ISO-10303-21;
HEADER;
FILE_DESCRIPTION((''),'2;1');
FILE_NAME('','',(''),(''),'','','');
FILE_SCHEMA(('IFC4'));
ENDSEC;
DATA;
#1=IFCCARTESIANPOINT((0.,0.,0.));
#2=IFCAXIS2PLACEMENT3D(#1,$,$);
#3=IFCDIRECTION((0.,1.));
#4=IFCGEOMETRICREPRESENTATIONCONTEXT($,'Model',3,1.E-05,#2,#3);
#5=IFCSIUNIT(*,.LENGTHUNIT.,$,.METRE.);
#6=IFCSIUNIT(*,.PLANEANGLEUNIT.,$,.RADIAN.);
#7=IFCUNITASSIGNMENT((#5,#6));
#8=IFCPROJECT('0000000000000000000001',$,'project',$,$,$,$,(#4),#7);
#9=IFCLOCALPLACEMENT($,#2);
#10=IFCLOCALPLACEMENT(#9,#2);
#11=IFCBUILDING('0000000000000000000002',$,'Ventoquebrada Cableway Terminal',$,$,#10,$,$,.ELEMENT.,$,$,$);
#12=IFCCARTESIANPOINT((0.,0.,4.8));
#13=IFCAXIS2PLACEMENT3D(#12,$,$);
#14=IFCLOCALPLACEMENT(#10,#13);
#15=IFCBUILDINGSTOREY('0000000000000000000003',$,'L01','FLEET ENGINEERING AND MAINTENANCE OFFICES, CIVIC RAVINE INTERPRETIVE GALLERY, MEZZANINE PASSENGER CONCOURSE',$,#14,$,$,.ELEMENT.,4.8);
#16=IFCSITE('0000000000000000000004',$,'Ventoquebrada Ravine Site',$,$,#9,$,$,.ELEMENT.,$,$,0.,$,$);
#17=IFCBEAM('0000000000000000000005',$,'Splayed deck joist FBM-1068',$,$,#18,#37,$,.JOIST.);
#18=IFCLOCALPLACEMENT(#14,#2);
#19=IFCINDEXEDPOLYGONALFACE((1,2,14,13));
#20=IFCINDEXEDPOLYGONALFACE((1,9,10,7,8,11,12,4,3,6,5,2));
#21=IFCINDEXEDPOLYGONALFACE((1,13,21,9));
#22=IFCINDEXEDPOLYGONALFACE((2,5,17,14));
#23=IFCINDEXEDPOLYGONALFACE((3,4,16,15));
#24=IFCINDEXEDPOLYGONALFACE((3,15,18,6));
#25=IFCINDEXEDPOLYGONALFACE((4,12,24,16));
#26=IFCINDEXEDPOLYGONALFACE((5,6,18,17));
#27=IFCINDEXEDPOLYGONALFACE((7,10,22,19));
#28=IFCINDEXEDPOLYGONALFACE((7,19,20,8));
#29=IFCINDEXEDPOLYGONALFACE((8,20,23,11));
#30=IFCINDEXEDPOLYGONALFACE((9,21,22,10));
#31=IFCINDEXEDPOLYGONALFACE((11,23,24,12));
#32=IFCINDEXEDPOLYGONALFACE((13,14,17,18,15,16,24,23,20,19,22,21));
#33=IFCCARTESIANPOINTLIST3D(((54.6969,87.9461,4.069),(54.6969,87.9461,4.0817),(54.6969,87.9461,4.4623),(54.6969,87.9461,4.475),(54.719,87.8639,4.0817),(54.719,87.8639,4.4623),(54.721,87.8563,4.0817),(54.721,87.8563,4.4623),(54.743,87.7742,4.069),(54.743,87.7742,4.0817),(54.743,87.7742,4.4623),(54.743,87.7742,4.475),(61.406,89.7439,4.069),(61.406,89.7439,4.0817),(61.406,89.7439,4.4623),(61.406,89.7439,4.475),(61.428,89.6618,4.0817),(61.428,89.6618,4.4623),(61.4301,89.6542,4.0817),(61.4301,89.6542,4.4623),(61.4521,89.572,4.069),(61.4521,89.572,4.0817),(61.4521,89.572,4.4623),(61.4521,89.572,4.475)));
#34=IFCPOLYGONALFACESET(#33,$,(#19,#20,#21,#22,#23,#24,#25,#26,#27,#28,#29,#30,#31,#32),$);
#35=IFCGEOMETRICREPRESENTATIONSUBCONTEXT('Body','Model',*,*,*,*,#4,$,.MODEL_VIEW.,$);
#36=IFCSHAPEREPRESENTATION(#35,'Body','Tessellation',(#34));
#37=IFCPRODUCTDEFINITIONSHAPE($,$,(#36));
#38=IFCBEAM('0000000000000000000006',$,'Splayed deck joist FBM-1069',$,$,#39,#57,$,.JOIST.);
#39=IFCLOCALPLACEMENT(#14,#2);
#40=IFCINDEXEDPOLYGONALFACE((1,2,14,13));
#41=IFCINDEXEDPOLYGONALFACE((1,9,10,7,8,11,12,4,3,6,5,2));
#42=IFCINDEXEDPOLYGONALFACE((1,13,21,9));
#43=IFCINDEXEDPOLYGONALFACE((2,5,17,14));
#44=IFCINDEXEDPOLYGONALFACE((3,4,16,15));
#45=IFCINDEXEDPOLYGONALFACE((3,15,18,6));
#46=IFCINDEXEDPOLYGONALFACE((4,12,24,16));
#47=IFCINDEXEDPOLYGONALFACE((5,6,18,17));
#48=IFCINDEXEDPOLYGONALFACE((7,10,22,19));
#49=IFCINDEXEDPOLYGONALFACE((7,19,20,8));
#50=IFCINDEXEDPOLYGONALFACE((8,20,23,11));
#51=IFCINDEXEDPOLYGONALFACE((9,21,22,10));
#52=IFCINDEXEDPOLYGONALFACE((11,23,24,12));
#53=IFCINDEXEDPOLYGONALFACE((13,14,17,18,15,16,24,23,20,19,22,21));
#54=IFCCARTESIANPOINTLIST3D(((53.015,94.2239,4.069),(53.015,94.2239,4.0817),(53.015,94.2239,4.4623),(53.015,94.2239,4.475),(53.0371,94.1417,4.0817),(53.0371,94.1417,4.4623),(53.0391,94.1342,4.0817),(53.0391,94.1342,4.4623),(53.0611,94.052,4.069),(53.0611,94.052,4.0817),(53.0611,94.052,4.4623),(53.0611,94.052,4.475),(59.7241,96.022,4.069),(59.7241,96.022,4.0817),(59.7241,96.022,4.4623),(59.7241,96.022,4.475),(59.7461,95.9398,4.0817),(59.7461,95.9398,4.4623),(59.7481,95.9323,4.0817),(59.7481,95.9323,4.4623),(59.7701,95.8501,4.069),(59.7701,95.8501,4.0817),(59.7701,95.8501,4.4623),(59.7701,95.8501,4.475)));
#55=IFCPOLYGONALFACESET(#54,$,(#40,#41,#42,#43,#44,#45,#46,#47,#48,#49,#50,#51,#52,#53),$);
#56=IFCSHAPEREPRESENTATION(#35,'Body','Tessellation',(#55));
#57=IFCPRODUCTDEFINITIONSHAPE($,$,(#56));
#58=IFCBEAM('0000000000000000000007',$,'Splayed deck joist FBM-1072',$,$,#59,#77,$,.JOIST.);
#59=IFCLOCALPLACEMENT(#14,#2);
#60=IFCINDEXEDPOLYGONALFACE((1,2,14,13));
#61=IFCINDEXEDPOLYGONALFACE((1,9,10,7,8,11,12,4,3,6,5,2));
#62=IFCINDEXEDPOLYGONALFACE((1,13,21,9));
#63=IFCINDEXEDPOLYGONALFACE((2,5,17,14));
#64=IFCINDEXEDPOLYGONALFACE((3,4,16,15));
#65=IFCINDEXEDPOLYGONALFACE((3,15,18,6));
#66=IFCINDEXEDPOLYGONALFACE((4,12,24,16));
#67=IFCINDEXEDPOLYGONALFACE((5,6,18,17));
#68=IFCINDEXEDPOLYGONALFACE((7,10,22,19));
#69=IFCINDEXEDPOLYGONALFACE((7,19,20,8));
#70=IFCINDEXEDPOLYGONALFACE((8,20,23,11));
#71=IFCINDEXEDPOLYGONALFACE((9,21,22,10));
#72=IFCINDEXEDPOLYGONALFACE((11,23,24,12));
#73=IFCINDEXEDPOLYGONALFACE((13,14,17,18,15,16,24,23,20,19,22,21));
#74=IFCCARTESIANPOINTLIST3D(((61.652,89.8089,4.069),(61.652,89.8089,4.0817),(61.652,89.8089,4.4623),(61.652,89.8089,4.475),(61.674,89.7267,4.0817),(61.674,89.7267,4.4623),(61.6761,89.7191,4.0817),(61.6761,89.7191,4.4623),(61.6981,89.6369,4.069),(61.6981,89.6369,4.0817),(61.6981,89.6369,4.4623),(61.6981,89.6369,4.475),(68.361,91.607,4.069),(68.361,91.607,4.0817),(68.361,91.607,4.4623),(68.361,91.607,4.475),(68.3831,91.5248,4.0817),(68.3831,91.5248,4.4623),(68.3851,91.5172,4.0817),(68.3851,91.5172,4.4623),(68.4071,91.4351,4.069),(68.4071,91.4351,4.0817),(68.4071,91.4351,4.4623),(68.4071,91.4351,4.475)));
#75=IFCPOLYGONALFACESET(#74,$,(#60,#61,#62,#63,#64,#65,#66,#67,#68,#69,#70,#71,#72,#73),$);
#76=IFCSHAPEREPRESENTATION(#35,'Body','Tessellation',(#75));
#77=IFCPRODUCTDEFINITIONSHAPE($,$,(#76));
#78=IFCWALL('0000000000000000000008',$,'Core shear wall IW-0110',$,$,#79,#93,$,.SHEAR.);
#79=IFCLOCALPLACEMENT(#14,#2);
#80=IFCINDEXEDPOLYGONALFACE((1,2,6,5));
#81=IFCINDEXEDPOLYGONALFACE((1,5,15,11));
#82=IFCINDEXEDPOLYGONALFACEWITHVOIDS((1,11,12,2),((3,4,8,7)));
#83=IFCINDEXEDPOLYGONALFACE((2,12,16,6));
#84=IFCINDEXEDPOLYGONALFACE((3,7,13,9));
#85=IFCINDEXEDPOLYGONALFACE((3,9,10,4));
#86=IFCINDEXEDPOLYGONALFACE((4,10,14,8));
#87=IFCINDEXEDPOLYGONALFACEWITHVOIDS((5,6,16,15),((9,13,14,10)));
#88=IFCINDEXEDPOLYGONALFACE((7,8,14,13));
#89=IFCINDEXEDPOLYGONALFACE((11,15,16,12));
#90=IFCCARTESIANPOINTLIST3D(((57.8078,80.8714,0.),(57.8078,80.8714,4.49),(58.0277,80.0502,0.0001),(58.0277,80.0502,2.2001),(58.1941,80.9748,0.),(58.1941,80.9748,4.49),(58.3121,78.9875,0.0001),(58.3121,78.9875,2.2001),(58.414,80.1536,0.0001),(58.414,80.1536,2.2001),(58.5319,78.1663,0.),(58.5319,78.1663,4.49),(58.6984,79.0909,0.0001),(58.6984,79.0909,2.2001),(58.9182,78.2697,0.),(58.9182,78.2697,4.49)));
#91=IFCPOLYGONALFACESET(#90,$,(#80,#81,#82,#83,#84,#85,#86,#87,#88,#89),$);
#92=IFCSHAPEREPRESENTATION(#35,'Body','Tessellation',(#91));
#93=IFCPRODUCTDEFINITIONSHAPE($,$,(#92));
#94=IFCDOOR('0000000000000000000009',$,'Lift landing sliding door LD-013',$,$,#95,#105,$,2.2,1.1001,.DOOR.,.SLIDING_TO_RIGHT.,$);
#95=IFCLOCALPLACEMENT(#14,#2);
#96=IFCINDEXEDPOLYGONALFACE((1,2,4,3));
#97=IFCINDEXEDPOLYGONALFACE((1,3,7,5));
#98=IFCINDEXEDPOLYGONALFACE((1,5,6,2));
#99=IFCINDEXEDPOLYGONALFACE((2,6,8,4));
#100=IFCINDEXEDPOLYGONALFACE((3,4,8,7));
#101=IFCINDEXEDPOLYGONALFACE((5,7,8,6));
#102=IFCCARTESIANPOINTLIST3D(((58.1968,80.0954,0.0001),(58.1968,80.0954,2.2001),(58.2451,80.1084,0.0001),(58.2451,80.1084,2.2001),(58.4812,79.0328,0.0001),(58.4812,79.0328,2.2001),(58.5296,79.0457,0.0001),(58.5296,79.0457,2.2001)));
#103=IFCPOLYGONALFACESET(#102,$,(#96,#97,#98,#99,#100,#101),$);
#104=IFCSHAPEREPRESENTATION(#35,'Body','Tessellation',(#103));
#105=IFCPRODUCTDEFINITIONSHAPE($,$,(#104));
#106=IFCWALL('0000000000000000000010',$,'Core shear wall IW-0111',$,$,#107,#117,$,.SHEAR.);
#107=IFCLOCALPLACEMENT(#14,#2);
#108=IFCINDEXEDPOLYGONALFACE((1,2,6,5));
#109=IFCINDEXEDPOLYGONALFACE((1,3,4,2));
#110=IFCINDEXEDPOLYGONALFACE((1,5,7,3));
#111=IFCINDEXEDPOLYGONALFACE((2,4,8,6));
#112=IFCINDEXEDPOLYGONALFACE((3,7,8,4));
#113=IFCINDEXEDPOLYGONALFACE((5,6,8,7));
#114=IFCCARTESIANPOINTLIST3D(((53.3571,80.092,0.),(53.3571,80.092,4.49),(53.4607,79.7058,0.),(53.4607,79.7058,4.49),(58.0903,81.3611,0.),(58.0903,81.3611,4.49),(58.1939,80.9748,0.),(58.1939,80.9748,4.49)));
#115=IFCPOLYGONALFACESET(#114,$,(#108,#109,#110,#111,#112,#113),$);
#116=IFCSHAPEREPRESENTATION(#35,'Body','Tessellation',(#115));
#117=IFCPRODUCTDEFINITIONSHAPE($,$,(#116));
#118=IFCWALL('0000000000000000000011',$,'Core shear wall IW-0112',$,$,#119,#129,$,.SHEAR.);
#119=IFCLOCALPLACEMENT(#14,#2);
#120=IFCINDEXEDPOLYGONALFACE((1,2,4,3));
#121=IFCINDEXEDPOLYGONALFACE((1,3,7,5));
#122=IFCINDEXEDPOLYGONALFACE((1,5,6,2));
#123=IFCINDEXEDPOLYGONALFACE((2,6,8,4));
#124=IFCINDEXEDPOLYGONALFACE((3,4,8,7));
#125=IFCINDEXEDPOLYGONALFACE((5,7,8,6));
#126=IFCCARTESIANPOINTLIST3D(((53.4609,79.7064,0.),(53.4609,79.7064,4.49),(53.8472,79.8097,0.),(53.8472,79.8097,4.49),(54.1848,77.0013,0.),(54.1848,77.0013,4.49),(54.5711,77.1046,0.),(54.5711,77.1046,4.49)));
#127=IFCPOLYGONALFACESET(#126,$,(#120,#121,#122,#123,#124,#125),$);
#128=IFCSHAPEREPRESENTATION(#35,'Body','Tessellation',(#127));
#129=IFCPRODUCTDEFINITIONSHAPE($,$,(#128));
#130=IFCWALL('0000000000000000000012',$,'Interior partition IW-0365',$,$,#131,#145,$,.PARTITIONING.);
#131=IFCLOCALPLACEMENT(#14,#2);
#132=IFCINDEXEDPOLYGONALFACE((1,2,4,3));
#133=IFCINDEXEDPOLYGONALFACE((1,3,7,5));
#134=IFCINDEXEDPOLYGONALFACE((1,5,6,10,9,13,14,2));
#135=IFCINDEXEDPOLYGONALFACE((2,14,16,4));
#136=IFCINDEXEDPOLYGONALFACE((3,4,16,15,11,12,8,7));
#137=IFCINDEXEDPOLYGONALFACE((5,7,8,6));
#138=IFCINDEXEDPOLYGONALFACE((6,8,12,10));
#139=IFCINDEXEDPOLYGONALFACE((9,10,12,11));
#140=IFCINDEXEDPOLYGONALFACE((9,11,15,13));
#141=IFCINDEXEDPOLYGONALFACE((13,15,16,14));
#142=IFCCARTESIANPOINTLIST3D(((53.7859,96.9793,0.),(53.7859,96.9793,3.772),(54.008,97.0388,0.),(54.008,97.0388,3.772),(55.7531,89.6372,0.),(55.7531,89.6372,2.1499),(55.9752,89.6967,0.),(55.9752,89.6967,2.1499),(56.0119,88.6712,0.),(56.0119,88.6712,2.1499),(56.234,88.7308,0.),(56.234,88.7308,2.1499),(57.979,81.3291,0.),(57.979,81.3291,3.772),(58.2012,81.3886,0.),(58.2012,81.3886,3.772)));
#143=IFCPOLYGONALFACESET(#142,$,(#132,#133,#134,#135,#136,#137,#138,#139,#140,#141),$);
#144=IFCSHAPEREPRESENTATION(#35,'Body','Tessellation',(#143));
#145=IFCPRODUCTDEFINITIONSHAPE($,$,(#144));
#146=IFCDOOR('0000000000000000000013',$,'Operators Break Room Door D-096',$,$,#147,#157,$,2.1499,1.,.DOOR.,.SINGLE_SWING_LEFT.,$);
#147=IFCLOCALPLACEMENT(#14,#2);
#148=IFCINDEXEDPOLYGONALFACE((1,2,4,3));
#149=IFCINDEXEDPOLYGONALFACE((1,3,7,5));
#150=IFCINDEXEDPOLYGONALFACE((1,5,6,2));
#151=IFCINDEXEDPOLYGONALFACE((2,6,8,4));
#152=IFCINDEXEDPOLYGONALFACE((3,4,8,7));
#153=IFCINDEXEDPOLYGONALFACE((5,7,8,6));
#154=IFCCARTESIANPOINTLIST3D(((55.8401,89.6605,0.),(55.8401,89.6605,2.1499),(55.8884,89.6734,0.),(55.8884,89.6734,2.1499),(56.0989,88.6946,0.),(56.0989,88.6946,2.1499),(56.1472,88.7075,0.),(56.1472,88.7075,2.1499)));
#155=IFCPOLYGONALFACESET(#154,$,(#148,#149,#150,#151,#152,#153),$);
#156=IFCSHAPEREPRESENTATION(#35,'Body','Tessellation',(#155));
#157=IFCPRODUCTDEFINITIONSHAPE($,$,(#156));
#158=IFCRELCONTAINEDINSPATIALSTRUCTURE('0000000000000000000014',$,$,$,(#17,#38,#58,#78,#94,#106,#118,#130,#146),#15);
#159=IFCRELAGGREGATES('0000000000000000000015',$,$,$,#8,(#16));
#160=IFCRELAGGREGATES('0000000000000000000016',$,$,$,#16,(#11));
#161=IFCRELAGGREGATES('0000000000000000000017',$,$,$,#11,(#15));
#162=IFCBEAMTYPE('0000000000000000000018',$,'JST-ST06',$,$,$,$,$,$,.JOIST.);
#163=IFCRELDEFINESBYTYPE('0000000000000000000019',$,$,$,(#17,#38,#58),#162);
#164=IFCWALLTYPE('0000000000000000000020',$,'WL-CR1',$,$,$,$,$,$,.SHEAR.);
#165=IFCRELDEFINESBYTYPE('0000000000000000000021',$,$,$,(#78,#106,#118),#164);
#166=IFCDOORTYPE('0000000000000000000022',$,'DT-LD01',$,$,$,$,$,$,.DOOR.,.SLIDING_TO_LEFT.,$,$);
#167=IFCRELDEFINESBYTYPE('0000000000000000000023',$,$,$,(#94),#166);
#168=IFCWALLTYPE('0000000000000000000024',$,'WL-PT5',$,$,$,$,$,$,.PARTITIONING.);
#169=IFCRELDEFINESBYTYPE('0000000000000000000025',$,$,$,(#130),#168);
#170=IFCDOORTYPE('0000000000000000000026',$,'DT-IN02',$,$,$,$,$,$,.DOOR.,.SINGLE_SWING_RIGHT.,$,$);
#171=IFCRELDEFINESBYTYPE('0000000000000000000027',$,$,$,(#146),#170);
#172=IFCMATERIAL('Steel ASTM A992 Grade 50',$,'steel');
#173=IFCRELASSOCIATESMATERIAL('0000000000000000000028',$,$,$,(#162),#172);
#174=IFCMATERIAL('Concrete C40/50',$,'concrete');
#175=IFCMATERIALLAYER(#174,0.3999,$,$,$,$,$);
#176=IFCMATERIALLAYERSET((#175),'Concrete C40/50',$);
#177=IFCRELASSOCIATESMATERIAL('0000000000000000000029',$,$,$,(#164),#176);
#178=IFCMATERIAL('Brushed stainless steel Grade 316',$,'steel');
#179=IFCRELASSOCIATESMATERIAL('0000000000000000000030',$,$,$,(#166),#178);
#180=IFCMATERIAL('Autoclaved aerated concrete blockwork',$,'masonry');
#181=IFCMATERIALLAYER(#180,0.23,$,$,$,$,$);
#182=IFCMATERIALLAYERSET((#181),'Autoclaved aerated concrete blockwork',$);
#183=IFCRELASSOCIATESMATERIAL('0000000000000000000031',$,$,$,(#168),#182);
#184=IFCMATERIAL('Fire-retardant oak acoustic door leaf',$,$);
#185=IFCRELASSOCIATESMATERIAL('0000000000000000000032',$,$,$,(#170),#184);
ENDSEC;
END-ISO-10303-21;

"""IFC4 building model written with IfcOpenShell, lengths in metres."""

from ifc_helpers import new_model, si_unit, direction, frame, frame_2d, origin, origin_2d, place, context, subcontext, project, spatial, rectangle, i_section, extrude, material, layer, layer_set, material_profile, profile_set, type_object, element, fill, save


model = new_model("IFC4")

# Units and contexts
model_context = context("Model", 3, precision=1e-05, world=origin(), true_north=direction((0.0, 1.0)))
body_context = subcontext(model_context, "Body", "Model", "MODEL_VIEW")
ifc_project = project(units=[si_unit("LENGTHUNIT", "METRE"), si_unit("PLANEANGLEUNIT", "RADIAN")], contexts=[model_context])

# Site, building, storey
site_placement = place(None, origin())
site = spatial("IfcSite", under=ifc_project, at=site_placement, Name="Ventoquebrada Ravine Site", CompositionType="ELEMENT", RefElevation=0.0)
building_placement = place(site_placement, origin())
building = spatial("IfcBuilding", under=site, at=building_placement, Name="Ventoquebrada Cableway Terminal", CompositionType="ELEMENT")
storey_placement = place(building_placement, frame((0.0, 0.0, 4.8)))
storey = spatial("IfcBuildingStorey", under=building, at=storey_placement, Name="L01", Description="FLEET ENGINEERING AND MAINTENANCE OFFICES, CIVIC RAVINE INTERPRETIVE GALLERY, MEZZANINE PASSENGER CONCOURSE", CompositionType="ELEMENT", Elevation=4.8)

# Shared definitions
ifc_material_1 = material(Name="Steel ASTM A992 Grade 50", Category="steel")

# Beams
ifc_material_profile_1 = material_profile(ifc_material_1, i_section(OverallWidth=0.178, OverallDepth=0.406, WebThickness=0.0078, FlangeThickness=0.0127, at=origin_2d()), Name="W16X40")
ifc_profile_set_1 = profile_set([ifc_material_profile_1], Name="Steel ASTM A992 Grade 50")
beam_type_1 = type_object("IfcBeamType", Name="JST-ST06", PredefinedType="JOIST", material=ifc_profile_set_1)
for number, where, z_axis, x_axis, name in (
    (1, (54.72, 87.8601, 4.272), (0.965919, 0.258844, 0.0), (-0.258844, 0.965919, 0.0), "Splayed deck joist FBM-1068"),
    (2, (53.0381, 94.1379, 4.272), (0.96591, 0.258877, 0.0), (-0.258877, 0.96591, 0.0), "Splayed deck joist FBM-1069"),
    (3, (61.675, 89.7229, 4.272), (0.96591, 0.258877, 0.0), (-0.258877, 0.96591, 0.0), "Splayed deck joist FBM-1072"),
):
    element("IfcBeam", number, at=place(storey_placement, frame(where, z_axis=z_axis, x_axis=x_axis)), inside=storey, type_object=beam_type_1, Name=name, PredefinedType="JOIST", context=body_context, shape_type="SweptSolid", body=[
        extrude(i_section(OverallWidth=0.178, OverallDepth=0.406, WebThickness=0.0078, FlangeThickness=0.0127, at=origin_2d()), origin(), (0.0, 0.0, 1.0), 6.9458),
    ])

# Wall, opening, door
ifc_material_2 = material(Name="Concrete C40/50", Category="concrete")
ifc_layer_1 = layer(ifc_material_2, 0.3999)
ifc_layer_set_1 = layer_set([ifc_layer_1], Name="Concrete C40/50")
wall_type_1 = type_object("IfcWallType", Name="WL-CR1", PredefinedType="SHEAR", material=ifc_layer_set_1)
wall_1_placement = place(storey_placement, frame((58.7251, 78.218, 0.0), z_axis=(0.0, 0.0, 1.0), x_axis=(-0.258585, 0.965989, 0.0)))
wall_1 = element("IfcWall", 4, at=wall_1_placement, inside=storey, type_object=wall_type_1, Name="Core shear wall IW-0110", PredefinedType="SHEAR", context=body_context, shape_type="SweptSolid", body=[
    extrude(rectangle(XDim=2.8003, YDim=0.3999, at=frame_2d((1.4001, 0.0))), origin(), (0.0, 0.0, 1.0), 4.49),
])
opening_1_placement = place(wall_1_placement, frame((0.8501, 0.0, 0.0)))
opening_1 = element("IfcOpeningElement", 5, at=opening_1_placement, cuts=wall_1, PredefinedType="OPENING", context=body_context, shape_type="SweptSolid", body=[
    extrude(rectangle(XDim=1.1001, YDim=2.2, at=frame_2d((0.55, 1.1001))), frame((0.0, 0.21, 0.0), z_axis=(0.0, -1.0, 0.0), x_axis=(1.0, 0.0, 0.0)), (0.0, 0.0, 1.0), 0.4199),
])
ifc_material_3 = material(Name="Brushed stainless steel Grade 316", Category="steel")
door_type_1 = type_object("IfcDoorType", Name="DT-LD01", OperationType="SLIDING_TO_LEFT", PredefinedType="DOOR", material=ifc_material_3)
door_1_placement = place(opening_1_placement, origin())
door_1 = element("IfcDoor", 6, at=door_1_placement, inside=storey, type_object=door_type_1, Name="Lift landing sliding door LD-013", OperationType="SLIDING_TO_RIGHT", OverallHeight=2.2, OverallWidth=1.1001, PredefinedType="DOOR", context=body_context, shape_type="SweptSolid", body=[
    extrude(rectangle(XDim=1.1001, YDim=2.2, at=frame_2d((0.55, 1.1001))), frame((0.0, 0.0249, 0.0), z_axis=(0.0, -1.0, 0.0), x_axis=(1.0, 0.0, 0.0)), (0.0, 0.0, 1.0), 0.05),
])
fill(opening_1, door_1)

# Walls
wall_2_placement = place(storey_placement, frame((58.1421, 81.168, 0.0), z_axis=(0.0, 0.0, 1.0), x_axis=(-0.965885, -0.258971, 0.0)))
element("IfcWall", 7, at=wall_2_placement, inside=storey, type_object=wall_type_1, Name="Core shear wall IW-0111", PredefinedType="SHEAR", context=body_context, shape_type="SweptSolid", body=[
    extrude(rectangle(XDim=4.9004, YDim=0.3999, at=frame_2d((2.4502, 0.0))), origin(), (0.0, 0.0, 1.0), 4.49),
])
wall_3_placement = place(storey_placement, frame((53.6541, 79.7581, 0.0), z_axis=(0.0, 0.0, 1.0), x_axis=(0.258504, -0.96601, 0.0)))
element("IfcWall", 8, at=wall_3_placement, inside=storey, type_object=wall_type_1, Name="Core shear wall IW-0112", PredefinedType="SHEAR", context=body_context, shape_type="SweptSolid", body=[
    extrude(rectangle(XDim=2.8003, YDim=0.3999, at=frame_2d((1.4001, 0.0))), origin(), (0.0, 0.0, 1.0), 4.49),
])

# Wall, opening, door
ifc_material_4 = material(Name="Autoclaved aerated concrete blockwork", Category="masonry")
ifc_layer_2 = layer(ifc_material_4, 0.23)
ifc_layer_set_2 = layer_set([ifc_layer_2], Name="Autoclaved aerated concrete blockwork")
wall_type_2 = type_object("IfcWallType", Name="WL-PT5", PredefinedType="PARTITIONING", material=ifc_layer_set_2)
wall_4_placement = place(storey_placement, frame((58.0901, 81.3589, 0.0), z_axis=(0.0, 0.0, 1.0), x_axis=(-0.2588, 0.965931, 0.0)))
wall_4 = element("IfcWall", 9, at=wall_4_placement, inside=storey, type_object=wall_type_2, Name="Interior partition IW-0365", PredefinedType="PARTITIONING", context=body_context, shape_type="SweptSolid", body=[
    extrude(rectangle(XDim=16.2021, YDim=0.23, at=frame_2d((8.1011, 0.0))), origin(), (0.0, 0.0, 1.0), 3.772),
])
opening_2_placement = place(wall_4_placement, frame((7.6011, 0.0, 0.0)))
opening_2 = element("IfcOpeningElement", 10, at=opening_2_placement, cuts=wall_4, PredefinedType="OPENING", context=body_context, shape_type="SweptSolid", body=[
    extrude(rectangle(XDim=1.0, YDim=2.1499, at=frame_2d((0.5, 1.075))), frame((0.0, 0.125, 0.0), z_axis=(0.0, -1.0, 0.0), x_axis=(1.0, 0.0, 0.0)), (0.0, 0.0, 1.0), 0.25),
])
ifc_material_5 = material(Name="Fire-retardant oak acoustic door leaf")
door_type_2 = type_object("IfcDoorType", Name="DT-IN02", OperationType="SINGLE_SWING_RIGHT", PredefinedType="DOOR", material=ifc_material_5)
door_2_placement = place(opening_2_placement, origin())
door_2 = element("IfcDoor", 11, at=door_2_placement, inside=storey, type_object=door_type_2, Name="Operators Break Room Door D-096", OperationType="SINGLE_SWING_LEFT", OverallHeight=2.1499, OverallWidth=1.0, PredefinedType="DOOR", context=body_context, shape_type="SweptSolid", body=[
    extrude(rectangle(XDim=1.0, YDim=2.1499, at=frame_2d((0.5, 1.075))), frame((0.0, 0.0249, 0.0), z_axis=(0.0, -1.0, 0.0), x_axis=(1.0, 0.0, 0.0)), (0.0, 0.0, 1.0), 0.05),
])
fill(opening_2, door_2)

save(model, "model.ifc")
